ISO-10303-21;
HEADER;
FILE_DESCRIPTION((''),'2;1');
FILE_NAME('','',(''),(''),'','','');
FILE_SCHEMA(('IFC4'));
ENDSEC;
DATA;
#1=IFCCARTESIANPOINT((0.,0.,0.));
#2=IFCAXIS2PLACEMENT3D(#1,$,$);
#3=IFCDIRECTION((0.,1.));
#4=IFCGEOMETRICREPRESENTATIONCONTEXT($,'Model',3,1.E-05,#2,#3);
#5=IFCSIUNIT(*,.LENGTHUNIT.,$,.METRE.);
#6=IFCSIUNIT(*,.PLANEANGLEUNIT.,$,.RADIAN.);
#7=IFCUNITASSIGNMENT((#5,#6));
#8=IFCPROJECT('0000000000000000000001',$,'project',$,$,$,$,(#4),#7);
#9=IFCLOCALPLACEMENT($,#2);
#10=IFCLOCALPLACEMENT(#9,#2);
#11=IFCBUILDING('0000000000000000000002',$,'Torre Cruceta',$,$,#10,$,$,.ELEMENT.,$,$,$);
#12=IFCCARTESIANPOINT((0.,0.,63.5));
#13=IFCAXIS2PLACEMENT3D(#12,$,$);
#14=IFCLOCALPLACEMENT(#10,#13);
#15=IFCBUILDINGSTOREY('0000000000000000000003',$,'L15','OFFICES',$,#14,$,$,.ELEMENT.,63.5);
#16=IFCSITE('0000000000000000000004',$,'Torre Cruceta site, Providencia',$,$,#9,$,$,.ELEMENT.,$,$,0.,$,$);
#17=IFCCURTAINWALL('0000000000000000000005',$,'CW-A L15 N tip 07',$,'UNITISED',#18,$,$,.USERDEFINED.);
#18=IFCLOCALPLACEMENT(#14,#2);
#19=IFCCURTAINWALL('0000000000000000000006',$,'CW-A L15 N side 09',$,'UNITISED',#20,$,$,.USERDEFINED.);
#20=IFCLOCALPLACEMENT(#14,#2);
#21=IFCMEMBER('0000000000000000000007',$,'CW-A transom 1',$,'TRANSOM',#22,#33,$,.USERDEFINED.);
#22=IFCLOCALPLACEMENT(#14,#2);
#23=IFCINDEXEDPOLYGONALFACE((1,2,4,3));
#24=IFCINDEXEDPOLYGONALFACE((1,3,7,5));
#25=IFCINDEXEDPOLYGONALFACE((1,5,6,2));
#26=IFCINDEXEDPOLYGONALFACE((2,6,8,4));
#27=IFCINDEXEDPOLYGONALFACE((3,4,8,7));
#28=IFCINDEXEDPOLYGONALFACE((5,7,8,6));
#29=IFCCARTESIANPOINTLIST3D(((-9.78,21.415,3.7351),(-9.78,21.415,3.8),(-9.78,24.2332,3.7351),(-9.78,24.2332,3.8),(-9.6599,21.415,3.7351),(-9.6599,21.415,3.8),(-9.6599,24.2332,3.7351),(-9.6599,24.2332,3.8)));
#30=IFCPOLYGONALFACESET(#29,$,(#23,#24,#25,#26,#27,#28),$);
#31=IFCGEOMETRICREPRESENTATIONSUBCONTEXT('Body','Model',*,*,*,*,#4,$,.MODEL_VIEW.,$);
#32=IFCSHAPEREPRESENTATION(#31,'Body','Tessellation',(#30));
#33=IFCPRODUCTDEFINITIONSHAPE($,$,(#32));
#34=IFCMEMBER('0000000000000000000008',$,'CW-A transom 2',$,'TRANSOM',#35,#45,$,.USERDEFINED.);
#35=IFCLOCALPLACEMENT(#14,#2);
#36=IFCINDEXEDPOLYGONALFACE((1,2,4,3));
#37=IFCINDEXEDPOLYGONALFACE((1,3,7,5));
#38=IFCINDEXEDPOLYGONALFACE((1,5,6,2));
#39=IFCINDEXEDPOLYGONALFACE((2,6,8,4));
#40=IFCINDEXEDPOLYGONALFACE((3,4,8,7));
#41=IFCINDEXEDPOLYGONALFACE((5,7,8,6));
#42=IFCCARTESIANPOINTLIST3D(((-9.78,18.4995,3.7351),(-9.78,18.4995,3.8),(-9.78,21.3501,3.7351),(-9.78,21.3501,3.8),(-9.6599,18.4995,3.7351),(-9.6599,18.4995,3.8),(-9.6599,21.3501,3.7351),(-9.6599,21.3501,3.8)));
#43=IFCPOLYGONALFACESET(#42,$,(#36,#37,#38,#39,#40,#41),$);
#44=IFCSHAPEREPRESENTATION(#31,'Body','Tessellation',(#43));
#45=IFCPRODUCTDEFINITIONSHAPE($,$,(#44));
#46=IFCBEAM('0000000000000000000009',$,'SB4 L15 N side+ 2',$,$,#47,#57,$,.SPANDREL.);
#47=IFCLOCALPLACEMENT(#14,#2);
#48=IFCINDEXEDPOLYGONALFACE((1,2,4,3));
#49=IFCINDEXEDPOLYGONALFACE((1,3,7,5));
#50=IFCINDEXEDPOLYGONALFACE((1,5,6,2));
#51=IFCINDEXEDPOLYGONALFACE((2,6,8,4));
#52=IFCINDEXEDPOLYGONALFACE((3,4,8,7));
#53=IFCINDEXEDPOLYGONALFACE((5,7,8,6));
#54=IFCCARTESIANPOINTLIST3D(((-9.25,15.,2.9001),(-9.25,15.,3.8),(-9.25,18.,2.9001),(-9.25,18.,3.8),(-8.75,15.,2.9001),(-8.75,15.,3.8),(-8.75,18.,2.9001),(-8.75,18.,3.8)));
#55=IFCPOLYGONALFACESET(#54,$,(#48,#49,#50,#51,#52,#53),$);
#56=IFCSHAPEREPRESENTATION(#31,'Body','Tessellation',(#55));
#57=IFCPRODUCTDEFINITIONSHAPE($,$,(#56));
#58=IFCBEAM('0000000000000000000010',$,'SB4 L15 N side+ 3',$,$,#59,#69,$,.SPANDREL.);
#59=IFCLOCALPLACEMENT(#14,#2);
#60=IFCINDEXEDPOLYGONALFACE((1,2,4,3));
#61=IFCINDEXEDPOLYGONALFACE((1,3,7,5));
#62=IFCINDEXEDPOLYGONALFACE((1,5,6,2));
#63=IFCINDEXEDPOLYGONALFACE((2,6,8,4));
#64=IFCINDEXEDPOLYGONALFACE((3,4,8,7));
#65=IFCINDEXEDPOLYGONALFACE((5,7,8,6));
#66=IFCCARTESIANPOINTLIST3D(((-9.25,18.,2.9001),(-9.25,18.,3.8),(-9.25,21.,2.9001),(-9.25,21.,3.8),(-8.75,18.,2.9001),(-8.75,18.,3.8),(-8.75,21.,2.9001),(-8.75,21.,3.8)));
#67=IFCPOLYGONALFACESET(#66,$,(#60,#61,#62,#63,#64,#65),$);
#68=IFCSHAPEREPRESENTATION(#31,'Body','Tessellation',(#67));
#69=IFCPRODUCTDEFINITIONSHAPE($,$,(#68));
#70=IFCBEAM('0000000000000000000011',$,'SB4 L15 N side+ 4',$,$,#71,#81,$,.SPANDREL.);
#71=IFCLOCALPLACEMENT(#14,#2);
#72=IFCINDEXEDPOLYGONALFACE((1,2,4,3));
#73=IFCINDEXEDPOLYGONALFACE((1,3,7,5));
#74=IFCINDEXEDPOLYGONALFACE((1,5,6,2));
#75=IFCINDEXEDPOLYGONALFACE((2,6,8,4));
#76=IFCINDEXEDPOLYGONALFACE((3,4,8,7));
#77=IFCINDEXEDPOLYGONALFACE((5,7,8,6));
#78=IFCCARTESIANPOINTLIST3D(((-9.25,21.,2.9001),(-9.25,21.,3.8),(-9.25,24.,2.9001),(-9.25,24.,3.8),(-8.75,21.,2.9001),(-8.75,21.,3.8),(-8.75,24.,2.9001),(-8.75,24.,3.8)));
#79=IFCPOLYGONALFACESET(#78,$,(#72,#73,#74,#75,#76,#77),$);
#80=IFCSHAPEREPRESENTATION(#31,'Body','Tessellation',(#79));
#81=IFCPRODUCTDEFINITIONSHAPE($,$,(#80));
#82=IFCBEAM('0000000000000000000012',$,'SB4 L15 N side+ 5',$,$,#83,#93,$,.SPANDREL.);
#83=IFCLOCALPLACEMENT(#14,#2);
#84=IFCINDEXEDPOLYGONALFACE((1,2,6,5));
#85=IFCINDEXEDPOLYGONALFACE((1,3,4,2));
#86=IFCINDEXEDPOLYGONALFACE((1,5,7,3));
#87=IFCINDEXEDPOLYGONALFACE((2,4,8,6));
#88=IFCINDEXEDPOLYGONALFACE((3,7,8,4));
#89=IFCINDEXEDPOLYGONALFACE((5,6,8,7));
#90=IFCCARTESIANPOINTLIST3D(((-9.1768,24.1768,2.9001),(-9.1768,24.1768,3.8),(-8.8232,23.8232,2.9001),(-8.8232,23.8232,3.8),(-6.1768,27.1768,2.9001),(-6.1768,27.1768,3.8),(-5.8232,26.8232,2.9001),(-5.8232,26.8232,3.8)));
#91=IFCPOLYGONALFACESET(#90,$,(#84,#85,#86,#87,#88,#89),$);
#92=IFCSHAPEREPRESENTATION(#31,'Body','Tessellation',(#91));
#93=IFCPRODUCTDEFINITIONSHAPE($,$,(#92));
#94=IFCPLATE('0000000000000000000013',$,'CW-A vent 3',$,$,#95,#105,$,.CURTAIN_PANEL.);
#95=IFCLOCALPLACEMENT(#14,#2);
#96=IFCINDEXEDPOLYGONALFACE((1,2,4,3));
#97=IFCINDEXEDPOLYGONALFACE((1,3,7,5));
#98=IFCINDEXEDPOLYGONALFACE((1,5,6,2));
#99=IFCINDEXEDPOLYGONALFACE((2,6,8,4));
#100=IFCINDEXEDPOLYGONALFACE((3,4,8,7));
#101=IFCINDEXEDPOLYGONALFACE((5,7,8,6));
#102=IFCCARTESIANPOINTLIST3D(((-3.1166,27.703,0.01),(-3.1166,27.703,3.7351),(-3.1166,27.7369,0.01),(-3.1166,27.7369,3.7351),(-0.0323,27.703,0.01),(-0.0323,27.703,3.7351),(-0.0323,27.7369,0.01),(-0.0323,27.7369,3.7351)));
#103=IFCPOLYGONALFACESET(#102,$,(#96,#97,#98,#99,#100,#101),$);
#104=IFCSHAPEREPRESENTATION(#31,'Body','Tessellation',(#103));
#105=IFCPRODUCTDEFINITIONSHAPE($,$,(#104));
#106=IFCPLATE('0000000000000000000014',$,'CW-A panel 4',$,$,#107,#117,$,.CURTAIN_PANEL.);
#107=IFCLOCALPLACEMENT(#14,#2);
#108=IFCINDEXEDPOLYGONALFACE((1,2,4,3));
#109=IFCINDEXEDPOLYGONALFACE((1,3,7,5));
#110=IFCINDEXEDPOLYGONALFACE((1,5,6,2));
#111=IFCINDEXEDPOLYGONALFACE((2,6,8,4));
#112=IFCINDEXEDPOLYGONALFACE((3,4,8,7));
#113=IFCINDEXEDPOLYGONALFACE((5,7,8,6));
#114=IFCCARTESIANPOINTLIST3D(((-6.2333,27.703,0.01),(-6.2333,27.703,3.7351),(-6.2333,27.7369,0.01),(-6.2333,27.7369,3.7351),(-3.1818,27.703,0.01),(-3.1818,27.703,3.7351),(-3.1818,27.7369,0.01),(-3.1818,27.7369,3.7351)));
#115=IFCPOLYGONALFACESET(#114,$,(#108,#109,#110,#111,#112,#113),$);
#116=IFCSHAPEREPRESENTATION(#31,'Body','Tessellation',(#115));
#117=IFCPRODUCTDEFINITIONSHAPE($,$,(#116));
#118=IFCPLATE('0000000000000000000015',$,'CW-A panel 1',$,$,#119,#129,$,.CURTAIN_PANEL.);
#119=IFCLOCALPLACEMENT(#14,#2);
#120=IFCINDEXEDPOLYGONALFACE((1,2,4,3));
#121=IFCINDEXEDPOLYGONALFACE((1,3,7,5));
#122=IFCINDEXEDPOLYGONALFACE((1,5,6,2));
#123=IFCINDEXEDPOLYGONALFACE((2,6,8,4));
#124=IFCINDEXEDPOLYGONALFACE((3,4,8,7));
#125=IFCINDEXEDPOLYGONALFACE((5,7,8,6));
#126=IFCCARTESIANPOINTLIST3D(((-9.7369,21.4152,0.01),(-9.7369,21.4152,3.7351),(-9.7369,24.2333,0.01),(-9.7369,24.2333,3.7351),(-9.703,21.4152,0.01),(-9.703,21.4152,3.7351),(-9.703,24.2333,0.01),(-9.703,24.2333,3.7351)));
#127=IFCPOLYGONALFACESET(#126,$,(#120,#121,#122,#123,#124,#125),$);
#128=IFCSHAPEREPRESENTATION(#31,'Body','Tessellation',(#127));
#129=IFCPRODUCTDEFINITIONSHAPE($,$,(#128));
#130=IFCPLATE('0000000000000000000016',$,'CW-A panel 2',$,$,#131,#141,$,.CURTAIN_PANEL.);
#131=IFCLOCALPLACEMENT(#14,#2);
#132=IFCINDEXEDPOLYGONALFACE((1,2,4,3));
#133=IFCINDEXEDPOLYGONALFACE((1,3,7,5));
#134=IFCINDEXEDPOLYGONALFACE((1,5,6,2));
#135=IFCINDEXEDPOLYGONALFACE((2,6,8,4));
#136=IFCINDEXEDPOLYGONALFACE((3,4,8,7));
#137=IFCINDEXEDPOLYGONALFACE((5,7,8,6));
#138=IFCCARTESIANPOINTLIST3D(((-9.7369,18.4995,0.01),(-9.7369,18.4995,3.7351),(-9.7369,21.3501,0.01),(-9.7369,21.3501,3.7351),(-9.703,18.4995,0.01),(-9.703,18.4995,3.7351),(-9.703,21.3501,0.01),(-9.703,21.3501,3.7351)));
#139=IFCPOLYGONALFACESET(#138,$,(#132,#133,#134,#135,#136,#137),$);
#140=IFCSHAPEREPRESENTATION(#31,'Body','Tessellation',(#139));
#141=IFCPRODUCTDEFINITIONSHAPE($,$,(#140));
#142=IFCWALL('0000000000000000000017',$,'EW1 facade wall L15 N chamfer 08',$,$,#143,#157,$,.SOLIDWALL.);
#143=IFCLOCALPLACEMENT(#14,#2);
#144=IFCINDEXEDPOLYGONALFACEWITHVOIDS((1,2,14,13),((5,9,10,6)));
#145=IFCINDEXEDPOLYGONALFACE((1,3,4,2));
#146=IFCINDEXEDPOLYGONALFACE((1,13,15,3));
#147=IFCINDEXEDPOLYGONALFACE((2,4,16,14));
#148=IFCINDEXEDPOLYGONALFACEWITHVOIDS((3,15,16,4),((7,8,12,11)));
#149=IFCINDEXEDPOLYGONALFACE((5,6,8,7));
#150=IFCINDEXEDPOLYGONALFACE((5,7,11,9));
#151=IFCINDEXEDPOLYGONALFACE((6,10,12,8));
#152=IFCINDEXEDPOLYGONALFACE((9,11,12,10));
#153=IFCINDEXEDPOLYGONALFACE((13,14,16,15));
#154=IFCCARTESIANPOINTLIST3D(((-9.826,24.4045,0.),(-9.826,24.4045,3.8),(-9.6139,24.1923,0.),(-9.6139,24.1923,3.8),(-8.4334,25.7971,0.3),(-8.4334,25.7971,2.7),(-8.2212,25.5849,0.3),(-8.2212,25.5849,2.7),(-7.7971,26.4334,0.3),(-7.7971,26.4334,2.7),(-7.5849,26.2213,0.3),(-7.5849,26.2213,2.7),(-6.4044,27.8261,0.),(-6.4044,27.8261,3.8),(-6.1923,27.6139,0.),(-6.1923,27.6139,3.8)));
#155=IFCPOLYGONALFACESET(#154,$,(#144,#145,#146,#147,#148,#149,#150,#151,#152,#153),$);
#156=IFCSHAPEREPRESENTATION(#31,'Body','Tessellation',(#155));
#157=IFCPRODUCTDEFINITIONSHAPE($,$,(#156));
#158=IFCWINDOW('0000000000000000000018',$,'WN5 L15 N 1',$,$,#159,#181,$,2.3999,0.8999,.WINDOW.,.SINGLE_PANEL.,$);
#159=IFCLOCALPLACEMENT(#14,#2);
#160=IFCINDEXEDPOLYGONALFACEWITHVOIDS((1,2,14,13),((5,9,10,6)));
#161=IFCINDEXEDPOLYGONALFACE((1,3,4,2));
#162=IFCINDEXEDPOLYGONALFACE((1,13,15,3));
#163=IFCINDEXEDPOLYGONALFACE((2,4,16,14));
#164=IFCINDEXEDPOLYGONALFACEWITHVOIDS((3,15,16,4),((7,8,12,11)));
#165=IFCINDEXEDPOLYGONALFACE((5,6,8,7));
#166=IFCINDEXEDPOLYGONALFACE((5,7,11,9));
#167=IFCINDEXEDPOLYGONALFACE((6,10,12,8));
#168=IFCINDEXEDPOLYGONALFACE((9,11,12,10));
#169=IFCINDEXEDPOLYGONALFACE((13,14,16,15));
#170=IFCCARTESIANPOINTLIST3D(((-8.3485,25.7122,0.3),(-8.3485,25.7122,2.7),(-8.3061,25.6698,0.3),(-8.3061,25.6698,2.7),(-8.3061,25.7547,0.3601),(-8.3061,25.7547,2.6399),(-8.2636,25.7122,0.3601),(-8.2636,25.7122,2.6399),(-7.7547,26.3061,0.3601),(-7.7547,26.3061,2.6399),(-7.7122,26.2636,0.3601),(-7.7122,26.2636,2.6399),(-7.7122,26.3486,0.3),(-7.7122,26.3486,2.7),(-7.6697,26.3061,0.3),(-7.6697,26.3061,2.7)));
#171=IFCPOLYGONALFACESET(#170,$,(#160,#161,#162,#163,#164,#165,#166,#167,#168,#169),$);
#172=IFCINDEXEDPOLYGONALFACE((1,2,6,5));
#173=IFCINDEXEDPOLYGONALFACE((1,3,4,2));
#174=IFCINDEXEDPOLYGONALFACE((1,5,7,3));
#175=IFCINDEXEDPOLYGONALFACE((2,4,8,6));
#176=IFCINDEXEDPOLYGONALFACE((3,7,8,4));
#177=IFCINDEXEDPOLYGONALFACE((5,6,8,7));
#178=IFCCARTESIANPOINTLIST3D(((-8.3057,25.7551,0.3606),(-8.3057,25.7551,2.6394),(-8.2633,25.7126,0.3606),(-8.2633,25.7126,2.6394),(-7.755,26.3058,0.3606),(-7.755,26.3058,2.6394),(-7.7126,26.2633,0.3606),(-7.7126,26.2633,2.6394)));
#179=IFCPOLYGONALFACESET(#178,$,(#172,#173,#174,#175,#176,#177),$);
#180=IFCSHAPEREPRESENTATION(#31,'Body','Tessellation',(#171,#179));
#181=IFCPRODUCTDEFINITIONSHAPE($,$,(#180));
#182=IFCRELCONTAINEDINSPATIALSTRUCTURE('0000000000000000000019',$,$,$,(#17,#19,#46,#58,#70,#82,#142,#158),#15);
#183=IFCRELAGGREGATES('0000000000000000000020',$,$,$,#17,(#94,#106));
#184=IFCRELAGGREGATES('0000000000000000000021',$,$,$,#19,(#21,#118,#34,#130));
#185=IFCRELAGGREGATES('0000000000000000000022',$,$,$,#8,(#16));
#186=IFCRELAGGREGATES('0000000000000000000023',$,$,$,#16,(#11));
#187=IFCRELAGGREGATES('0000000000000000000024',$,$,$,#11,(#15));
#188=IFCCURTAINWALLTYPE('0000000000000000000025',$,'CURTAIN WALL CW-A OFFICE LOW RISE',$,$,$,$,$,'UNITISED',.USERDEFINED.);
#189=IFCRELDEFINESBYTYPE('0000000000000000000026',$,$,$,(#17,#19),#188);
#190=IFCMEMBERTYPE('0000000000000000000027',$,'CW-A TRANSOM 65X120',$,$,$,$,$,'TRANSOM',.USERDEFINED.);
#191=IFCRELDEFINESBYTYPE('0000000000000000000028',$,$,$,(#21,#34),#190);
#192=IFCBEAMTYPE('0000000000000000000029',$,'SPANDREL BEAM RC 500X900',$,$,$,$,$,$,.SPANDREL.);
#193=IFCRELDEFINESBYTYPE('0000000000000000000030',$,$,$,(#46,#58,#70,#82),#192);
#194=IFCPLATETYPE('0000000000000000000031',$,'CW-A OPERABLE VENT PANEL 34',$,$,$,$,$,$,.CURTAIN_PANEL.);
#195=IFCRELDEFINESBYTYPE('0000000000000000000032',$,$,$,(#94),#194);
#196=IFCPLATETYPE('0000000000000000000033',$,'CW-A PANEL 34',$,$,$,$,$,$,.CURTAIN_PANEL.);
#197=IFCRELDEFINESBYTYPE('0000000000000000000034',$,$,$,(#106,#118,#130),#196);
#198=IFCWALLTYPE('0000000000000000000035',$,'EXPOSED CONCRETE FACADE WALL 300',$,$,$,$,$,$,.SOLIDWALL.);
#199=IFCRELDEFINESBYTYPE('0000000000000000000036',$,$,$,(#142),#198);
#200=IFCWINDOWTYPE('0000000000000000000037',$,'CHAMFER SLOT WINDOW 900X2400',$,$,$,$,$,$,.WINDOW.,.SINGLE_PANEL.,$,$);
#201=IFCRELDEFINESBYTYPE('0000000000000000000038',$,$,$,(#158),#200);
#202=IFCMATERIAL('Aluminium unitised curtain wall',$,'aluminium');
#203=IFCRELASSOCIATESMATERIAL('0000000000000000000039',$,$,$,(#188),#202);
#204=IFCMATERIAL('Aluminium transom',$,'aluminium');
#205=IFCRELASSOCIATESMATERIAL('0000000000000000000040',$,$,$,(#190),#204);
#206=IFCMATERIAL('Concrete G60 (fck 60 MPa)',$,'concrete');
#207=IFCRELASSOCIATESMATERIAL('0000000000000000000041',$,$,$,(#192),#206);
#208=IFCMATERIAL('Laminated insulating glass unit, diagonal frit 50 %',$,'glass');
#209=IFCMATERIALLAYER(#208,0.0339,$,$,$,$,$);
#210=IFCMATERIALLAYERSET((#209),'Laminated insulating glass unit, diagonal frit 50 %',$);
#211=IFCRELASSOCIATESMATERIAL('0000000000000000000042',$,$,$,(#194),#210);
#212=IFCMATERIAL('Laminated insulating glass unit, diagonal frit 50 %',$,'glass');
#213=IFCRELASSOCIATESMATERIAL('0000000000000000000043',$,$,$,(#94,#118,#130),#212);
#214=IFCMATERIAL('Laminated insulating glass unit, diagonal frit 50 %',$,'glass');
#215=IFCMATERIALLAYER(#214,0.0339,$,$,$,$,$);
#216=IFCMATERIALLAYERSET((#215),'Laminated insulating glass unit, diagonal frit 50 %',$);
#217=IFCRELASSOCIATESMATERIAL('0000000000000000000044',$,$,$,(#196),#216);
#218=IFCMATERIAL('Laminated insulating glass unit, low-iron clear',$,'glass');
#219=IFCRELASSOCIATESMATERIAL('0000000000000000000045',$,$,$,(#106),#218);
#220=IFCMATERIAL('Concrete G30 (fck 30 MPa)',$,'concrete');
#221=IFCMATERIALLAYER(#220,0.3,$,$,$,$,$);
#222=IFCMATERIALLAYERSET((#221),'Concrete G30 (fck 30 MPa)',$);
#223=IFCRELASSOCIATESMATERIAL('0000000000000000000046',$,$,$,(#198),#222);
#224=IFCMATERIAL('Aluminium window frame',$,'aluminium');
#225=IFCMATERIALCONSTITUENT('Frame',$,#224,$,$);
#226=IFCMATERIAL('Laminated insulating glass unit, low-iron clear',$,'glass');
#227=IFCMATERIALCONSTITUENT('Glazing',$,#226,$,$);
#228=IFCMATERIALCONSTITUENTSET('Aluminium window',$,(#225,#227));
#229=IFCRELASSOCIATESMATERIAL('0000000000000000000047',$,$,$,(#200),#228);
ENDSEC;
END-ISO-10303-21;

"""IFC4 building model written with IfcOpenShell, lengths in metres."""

from ifc_helpers import new_model, si_unit, direction, frame, frame_2d, origin, origin_2d, place, context, subcontext, project, spatial, rectangle, hollow_rectangle, extrude, material, layer, layer_set, constituent, constituent_set, material_profile, profile_set, type_object, element, fill, aggregate, save


model = new_model("IFC4")

# Units and contexts
model_context = context("Model", 3, precision=1e-05, world=origin(), true_north=direction((0.0, 1.0)))
body_context = subcontext(model_context, "Body", "Model", "MODEL_VIEW")
ifc_project = project(units=[si_unit("LENGTHUNIT", "METRE"), si_unit("PLANEANGLEUNIT", "RADIAN")], contexts=[model_context])

# Site, building, storey
site_placement = place(None, origin())
site = spatial("IfcSite", under=ifc_project, at=site_placement, Name="Torre Cruceta site, Providencia", CompositionType="ELEMENT", RefElevation=0.0)
building_placement = place(site_placement, origin())
building = spatial("IfcBuilding", under=site, at=building_placement, Name="Torre Cruceta", CompositionType="ELEMENT")
storey_placement = place(building_placement, frame((0.0, 0.0, 63.5)))
storey = spatial("IfcBuildingStorey", under=building, at=storey_placement, Name="L15", Description="OFFICES", CompositionType="ELEMENT", Elevation=63.5)

# Curtain walls
ifc_material_1 = material(Name="Aluminium unitised curtain wall", Category="aluminium")
curtain_wall_type = type_object("IfcCurtainWallType", Name="CURTAIN WALL CW-A OFFICE LOW RISE", ElementType="UNITISED", PredefinedType="USERDEFINED", material=ifc_material_1)
curtain_wall_1_placement = place(storey_placement, origin())
curtain_wall_1 = element("IfcCurtainWall", 1, at=curtain_wall_1_placement, inside=storey, type_object=curtain_wall_type, Name="CW-A L15 N tip 07", ObjectType="UNITISED", PredefinedType="USERDEFINED")
curtain_wall_2_placement = place(storey_placement, origin())
curtain_wall_2 = element("IfcCurtainWall", 2, at=curtain_wall_2_placement, inside=storey, type_object=curtain_wall_type, Name="CW-A L15 N side 09", ObjectType="UNITISED", PredefinedType="USERDEFINED")

# Members
ifc_material_2 = material(Name="Aluminium transom", Category="aluminium")
ifc_material_profile_1 = material_profile(ifc_material_2, rectangle(XDim=0.1201, YDim=0.0649, at=origin_2d()), Name="AL 120X65")
ifc_profile_set_1 = profile_set([ifc_material_profile_1], Name="Aluminium transom")
member_type_1 = type_object("IfcMemberType", Name="CW-A TRANSOM 65X120", ElementType="TRANSOM", PredefinedType="USERDEFINED", material=ifc_profile_set_1)
member_1_placement = place(storey_placement, frame((-9.72, 24.2332, 3.7676), z_axis=(0.0, -1.0, 0.0), x_axis=(1.0, 0.0, 0.0)))
member_1 = element("IfcMember", 3, at=member_1_placement, type_object=member_type_1, Name="CW-A transom 1", ObjectType="TRANSOM", PredefinedType="USERDEFINED", context=body_context, shape_type="SweptSolid", body=[
    extrude(rectangle(XDim=0.1201, YDim=0.0649, at=origin_2d()), origin(), (0.0, 0.0, 1.0), 2.8181),
])
member_2_placement = place(storey_placement, frame((-9.72, 21.3501, 3.7676), z_axis=(0.0, -1.0, 0.0), x_axis=(1.0, 0.0, 0.0)))
member_2 = element("IfcMember", 4, at=member_2_placement, type_object=member_type_1, Name="CW-A transom 2", ObjectType="TRANSOM", PredefinedType="USERDEFINED", context=body_context, shape_type="SweptSolid", body=[
    extrude(rectangle(XDim=0.1201, YDim=0.0649, at=origin_2d()), origin(), (0.0, 0.0, 1.0), 2.8506),
])

# Beams
ifc_material_3 = material(Name="Concrete G60 (fck 60 MPa)", Category="concrete")
ifc_material_profile_2 = material_profile(ifc_material_3, rectangle(XDim=0.5, YDim=0.8999, at=origin_2d()), Name="RC 500X900")
ifc_profile_set_2 = profile_set([ifc_material_profile_2], Name="Concrete G60 (fck 60 MPa)")
beam_type_1 = type_object("IfcBeamType", Name="SPANDREL BEAM RC 500X900", PredefinedType="SPANDREL", material=ifc_profile_set_2)
for number, where, z_axis, x_axis, name in (
    (5, (-9.0, 15.0, 3.3501), (0.0, 1.0, 0.0), (-1.0, 0.0, 0.0), "SB4 L15 N side+ 2"),
    (6, (-9.0, 18.0, 3.3501), (0.0, 1.0, 0.0), (-1.0, 0.0, 0.0), "SB4 L15 N side+ 3"),
    (7, (-9.0, 21.0, 3.3501), (0.0, 1.0, 0.0), (-1.0, 0.0, 0.0), "SB4 L15 N side+ 4"),
):
    element("IfcBeam", number, at=place(storey_placement, frame(where, z_axis=z_axis, x_axis=x_axis)), inside=storey, type_object=beam_type_1, Name=name, PredefinedType="SPANDREL", context=body_context, shape_type="SweptSolid", body=[
        extrude(rectangle(XDim=0.5, YDim=0.8999, at=origin_2d()), origin(), (0.0, 0.0, 1.0), 3.0),
    ])
beam_placement = place(storey_placement, frame((-9.0, 24.0, 3.3501), z_axis=(0.707107, 0.707107, 0.0), x_axis=(-0.707107, 0.707107, 0.0)))
element("IfcBeam", 8, at=beam_placement, inside=storey, type_object=beam_type_1, Name="SB4 L15 N side+ 5", PredefinedType="SPANDREL", context=body_context, shape_type="SweptSolid", body=[
    extrude(rectangle(XDim=0.5, YDim=0.8999, at=origin_2d()), origin(), (0.0, 0.0, 1.0), 4.2427),
])

# Plates
ifc_material_4 = material(Name="Laminated insulating glass unit, diagonal frit 50 %", Category="glass")
ifc_material_5 = material(Name="Laminated insulating glass unit, diagonal frit 50 %", Category="glass")
ifc_layer_1 = layer(ifc_material_5, 0.0339)
ifc_layer_set_1 = layer_set([ifc_layer_1], Name="Laminated insulating glass unit, diagonal frit 50 %")
plate_type_1 = type_object("IfcPlateType", Name="CW-A OPERABLE VENT PANEL 34", PredefinedType="CURTAIN_PANEL", material=ifc_layer_set_1)
plate_1_placement = place(storey_placement, frame((-1.5745, 27.72, 0.01), z_axis=(0.0, 0.0, 1.0), x_axis=(-1.0, 0.0, 0.0)))
plate_1 = element("IfcPlate", 9, at=plate_1_placement, type_object=plate_type_1, material=ifc_material_4, Name="CW-A vent 3", PredefinedType="CURTAIN_PANEL", context=body_context, shape_type="SweptSolid", body=[
    extrude(rectangle(XDim=3.0842, YDim=0.0339, at=origin_2d()), origin(), (0.0, 0.0, 1.0), 3.7251),
])
ifc_material_6 = material(Name="Laminated insulating glass unit, low-iron clear", Category="glass")
ifc_material_7 = material(Name="Laminated insulating glass unit, diagonal frit 50 %", Category="glass")
ifc_layer_2 = layer(ifc_material_7, 0.0339)
ifc_layer_set_2 = layer_set([ifc_layer_2], Name="Laminated insulating glass unit, diagonal frit 50 %")
plate_type_2 = type_object("IfcPlateType", Name="CW-A PANEL 34", PredefinedType="CURTAIN_PANEL", material=ifc_layer_set_2)
plate_2_placement = place(storey_placement, frame((-4.7075, 27.72, 0.01), z_axis=(0.0, 0.0, 1.0), x_axis=(-1.0, 0.0, 0.0)))
plate_2 = element("IfcPlate", 10, at=plate_2_placement, type_object=plate_type_2, material=ifc_material_6, Name="CW-A panel 4", PredefinedType="CURTAIN_PANEL", context=body_context, shape_type="SweptSolid", body=[
    extrude(rectangle(XDim=3.0515, YDim=0.0339, at=origin_2d()), origin(), (0.0, 0.0, 1.0), 3.7251),
])
aggregate(curtain_wall_1, [plate_1, plate_2])
plate_3_placement = place(storey_placement, frame((-9.72, 22.8242, 0.01), z_axis=(0.0, 0.0, 1.0), x_axis=(0.0, -1.0, 0.0)))
plate_3 = element("IfcPlate", 11, at=plate_3_placement, type_object=plate_type_2, material=ifc_material_4, Name="CW-A panel 1", PredefinedType="CURTAIN_PANEL", context=body_context, shape_type="SweptSolid", body=[
    extrude(rectangle(XDim=2.8181, YDim=0.0339, at=origin_2d()), origin(), (0.0, 0.0, 1.0), 3.7251),
])
plate_4_placement = place(storey_placement, frame((-9.72, 19.9248, 0.01), z_axis=(0.0, 0.0, 1.0), x_axis=(0.0, -1.0, 0.0)))
plate_4 = element("IfcPlate", 12, at=plate_4_placement, type_object=plate_type_2, material=ifc_material_4, Name="CW-A panel 2", PredefinedType="CURTAIN_PANEL", context=body_context, shape_type="SweptSolid", body=[
    extrude(rectangle(XDim=2.8506, YDim=0.0339, at=origin_2d()), origin(), (0.0, 0.0, 1.0), 3.7251),
])
aggregate(curtain_wall_2, [member_1, plate_3, member_2, plate_4])

# Wall, opening, window
ifc_material_8 = material(Name="Concrete G30 (fck 30 MPa)", Category="concrete")
ifc_layer_3 = layer(ifc_material_8, 0.3)
ifc_layer_set_3 = layer_set([ifc_layer_3], Name="Concrete G30 (fck 30 MPa)")
wall_type_1 = type_object("IfcWallType", Name="EXPOSED CONCRETE FACADE WALL 300", PredefinedType="SOLIDWALL", material=ifc_layer_set_3)
wall_1_placement = place(storey_placement, frame((-6.2983, 27.72, 0.0), z_axis=(0.0, 0.0, 1.0), x_axis=(-0.707107, -0.707107, 0.0)))
wall_1 = element("IfcWall", 13, at=wall_1_placement, inside=storey, type_object=wall_type_1, Name="EW1 facade wall L15 N chamfer 08", PredefinedType="SOLIDWALL", context=body_context, shape_type="SweptSolid", body=[
    extrude(rectangle(XDim=4.8389, YDim=0.3, at=frame_2d((2.4194, 0.0))), origin(), (0.0, 0.0, 1.0), 3.8),
])
opening_1_placement = place(wall_1_placement, frame((1.9695, 0.0, 0.3)))
opening_1 = element("IfcOpeningElement", 14, at=opening_1_placement, cuts=wall_1, PredefinedType="OPENING", context=body_context, shape_type="SweptSolid", body=[
    extrude(rectangle(XDim=0.8999, YDim=2.3999, at=frame_2d((0.45, 1.2))), frame((0.0, 0.1599, 0.0), z_axis=(0.0, -1.0, 0.0), x_axis=(1.0, 0.0, 0.0)), (0.0, 0.0, 1.0), 0.3201),
])
ifc_material_9 = material(Name="Aluminium window frame", Category="aluminium")
ifc_constituent_1 = constituent(ifc_material_9, Name="Frame")
ifc_material_10 = material(Name="Laminated insulating glass unit, low-iron clear", Category="glass")
ifc_constituent_2 = constituent(ifc_material_10, Name="Glazing")
ifc_constituent_set_1 = constituent_set(constituents=[ifc_constituent_1, ifc_constituent_2], Name="Aluminium window")
window_type = type_object("IfcWindowType", Name="CHAMFER SLOT WINDOW 900X2400", PartitioningType="SINGLE_PANEL", PredefinedType="WINDOW", material=ifc_constituent_set_1)
window_placement = place(opening_1_placement, origin())
window = element("IfcWindow", 15, at=window_placement, inside=storey, type_object=window_type, Name="WN5 L15 N 1", OverallHeight=2.3999, OverallWidth=0.8999, PartitioningType="SINGLE_PANEL", PredefinedType="WINDOW", context=body_context, shape_type="SweptSolid", body=[
    extrude(hollow_rectangle(XDim=0.8999, YDim=2.3999, WallThickness=0.0601, at=frame_2d((0.45, 1.2))), frame((0.0, 0.03, 0.0), z_axis=(0.0, -1.0, 0.0), x_axis=(1.0, 0.0, 0.0)), (0.0, 0.0, 1.0), 0.0601),
    extrude(rectangle(XDim=0.7788, YDim=2.2788, at=frame_2d((0.45, 1.2))), frame((0.0, 0.03, 0.0), z_axis=(0.0, -1.0, 0.0), x_axis=(1.0, 0.0, 0.0)), (0.0, 0.0, 1.0), 0.0601),
])
fill(opening_1, window)

save(model, "model.ifc")
